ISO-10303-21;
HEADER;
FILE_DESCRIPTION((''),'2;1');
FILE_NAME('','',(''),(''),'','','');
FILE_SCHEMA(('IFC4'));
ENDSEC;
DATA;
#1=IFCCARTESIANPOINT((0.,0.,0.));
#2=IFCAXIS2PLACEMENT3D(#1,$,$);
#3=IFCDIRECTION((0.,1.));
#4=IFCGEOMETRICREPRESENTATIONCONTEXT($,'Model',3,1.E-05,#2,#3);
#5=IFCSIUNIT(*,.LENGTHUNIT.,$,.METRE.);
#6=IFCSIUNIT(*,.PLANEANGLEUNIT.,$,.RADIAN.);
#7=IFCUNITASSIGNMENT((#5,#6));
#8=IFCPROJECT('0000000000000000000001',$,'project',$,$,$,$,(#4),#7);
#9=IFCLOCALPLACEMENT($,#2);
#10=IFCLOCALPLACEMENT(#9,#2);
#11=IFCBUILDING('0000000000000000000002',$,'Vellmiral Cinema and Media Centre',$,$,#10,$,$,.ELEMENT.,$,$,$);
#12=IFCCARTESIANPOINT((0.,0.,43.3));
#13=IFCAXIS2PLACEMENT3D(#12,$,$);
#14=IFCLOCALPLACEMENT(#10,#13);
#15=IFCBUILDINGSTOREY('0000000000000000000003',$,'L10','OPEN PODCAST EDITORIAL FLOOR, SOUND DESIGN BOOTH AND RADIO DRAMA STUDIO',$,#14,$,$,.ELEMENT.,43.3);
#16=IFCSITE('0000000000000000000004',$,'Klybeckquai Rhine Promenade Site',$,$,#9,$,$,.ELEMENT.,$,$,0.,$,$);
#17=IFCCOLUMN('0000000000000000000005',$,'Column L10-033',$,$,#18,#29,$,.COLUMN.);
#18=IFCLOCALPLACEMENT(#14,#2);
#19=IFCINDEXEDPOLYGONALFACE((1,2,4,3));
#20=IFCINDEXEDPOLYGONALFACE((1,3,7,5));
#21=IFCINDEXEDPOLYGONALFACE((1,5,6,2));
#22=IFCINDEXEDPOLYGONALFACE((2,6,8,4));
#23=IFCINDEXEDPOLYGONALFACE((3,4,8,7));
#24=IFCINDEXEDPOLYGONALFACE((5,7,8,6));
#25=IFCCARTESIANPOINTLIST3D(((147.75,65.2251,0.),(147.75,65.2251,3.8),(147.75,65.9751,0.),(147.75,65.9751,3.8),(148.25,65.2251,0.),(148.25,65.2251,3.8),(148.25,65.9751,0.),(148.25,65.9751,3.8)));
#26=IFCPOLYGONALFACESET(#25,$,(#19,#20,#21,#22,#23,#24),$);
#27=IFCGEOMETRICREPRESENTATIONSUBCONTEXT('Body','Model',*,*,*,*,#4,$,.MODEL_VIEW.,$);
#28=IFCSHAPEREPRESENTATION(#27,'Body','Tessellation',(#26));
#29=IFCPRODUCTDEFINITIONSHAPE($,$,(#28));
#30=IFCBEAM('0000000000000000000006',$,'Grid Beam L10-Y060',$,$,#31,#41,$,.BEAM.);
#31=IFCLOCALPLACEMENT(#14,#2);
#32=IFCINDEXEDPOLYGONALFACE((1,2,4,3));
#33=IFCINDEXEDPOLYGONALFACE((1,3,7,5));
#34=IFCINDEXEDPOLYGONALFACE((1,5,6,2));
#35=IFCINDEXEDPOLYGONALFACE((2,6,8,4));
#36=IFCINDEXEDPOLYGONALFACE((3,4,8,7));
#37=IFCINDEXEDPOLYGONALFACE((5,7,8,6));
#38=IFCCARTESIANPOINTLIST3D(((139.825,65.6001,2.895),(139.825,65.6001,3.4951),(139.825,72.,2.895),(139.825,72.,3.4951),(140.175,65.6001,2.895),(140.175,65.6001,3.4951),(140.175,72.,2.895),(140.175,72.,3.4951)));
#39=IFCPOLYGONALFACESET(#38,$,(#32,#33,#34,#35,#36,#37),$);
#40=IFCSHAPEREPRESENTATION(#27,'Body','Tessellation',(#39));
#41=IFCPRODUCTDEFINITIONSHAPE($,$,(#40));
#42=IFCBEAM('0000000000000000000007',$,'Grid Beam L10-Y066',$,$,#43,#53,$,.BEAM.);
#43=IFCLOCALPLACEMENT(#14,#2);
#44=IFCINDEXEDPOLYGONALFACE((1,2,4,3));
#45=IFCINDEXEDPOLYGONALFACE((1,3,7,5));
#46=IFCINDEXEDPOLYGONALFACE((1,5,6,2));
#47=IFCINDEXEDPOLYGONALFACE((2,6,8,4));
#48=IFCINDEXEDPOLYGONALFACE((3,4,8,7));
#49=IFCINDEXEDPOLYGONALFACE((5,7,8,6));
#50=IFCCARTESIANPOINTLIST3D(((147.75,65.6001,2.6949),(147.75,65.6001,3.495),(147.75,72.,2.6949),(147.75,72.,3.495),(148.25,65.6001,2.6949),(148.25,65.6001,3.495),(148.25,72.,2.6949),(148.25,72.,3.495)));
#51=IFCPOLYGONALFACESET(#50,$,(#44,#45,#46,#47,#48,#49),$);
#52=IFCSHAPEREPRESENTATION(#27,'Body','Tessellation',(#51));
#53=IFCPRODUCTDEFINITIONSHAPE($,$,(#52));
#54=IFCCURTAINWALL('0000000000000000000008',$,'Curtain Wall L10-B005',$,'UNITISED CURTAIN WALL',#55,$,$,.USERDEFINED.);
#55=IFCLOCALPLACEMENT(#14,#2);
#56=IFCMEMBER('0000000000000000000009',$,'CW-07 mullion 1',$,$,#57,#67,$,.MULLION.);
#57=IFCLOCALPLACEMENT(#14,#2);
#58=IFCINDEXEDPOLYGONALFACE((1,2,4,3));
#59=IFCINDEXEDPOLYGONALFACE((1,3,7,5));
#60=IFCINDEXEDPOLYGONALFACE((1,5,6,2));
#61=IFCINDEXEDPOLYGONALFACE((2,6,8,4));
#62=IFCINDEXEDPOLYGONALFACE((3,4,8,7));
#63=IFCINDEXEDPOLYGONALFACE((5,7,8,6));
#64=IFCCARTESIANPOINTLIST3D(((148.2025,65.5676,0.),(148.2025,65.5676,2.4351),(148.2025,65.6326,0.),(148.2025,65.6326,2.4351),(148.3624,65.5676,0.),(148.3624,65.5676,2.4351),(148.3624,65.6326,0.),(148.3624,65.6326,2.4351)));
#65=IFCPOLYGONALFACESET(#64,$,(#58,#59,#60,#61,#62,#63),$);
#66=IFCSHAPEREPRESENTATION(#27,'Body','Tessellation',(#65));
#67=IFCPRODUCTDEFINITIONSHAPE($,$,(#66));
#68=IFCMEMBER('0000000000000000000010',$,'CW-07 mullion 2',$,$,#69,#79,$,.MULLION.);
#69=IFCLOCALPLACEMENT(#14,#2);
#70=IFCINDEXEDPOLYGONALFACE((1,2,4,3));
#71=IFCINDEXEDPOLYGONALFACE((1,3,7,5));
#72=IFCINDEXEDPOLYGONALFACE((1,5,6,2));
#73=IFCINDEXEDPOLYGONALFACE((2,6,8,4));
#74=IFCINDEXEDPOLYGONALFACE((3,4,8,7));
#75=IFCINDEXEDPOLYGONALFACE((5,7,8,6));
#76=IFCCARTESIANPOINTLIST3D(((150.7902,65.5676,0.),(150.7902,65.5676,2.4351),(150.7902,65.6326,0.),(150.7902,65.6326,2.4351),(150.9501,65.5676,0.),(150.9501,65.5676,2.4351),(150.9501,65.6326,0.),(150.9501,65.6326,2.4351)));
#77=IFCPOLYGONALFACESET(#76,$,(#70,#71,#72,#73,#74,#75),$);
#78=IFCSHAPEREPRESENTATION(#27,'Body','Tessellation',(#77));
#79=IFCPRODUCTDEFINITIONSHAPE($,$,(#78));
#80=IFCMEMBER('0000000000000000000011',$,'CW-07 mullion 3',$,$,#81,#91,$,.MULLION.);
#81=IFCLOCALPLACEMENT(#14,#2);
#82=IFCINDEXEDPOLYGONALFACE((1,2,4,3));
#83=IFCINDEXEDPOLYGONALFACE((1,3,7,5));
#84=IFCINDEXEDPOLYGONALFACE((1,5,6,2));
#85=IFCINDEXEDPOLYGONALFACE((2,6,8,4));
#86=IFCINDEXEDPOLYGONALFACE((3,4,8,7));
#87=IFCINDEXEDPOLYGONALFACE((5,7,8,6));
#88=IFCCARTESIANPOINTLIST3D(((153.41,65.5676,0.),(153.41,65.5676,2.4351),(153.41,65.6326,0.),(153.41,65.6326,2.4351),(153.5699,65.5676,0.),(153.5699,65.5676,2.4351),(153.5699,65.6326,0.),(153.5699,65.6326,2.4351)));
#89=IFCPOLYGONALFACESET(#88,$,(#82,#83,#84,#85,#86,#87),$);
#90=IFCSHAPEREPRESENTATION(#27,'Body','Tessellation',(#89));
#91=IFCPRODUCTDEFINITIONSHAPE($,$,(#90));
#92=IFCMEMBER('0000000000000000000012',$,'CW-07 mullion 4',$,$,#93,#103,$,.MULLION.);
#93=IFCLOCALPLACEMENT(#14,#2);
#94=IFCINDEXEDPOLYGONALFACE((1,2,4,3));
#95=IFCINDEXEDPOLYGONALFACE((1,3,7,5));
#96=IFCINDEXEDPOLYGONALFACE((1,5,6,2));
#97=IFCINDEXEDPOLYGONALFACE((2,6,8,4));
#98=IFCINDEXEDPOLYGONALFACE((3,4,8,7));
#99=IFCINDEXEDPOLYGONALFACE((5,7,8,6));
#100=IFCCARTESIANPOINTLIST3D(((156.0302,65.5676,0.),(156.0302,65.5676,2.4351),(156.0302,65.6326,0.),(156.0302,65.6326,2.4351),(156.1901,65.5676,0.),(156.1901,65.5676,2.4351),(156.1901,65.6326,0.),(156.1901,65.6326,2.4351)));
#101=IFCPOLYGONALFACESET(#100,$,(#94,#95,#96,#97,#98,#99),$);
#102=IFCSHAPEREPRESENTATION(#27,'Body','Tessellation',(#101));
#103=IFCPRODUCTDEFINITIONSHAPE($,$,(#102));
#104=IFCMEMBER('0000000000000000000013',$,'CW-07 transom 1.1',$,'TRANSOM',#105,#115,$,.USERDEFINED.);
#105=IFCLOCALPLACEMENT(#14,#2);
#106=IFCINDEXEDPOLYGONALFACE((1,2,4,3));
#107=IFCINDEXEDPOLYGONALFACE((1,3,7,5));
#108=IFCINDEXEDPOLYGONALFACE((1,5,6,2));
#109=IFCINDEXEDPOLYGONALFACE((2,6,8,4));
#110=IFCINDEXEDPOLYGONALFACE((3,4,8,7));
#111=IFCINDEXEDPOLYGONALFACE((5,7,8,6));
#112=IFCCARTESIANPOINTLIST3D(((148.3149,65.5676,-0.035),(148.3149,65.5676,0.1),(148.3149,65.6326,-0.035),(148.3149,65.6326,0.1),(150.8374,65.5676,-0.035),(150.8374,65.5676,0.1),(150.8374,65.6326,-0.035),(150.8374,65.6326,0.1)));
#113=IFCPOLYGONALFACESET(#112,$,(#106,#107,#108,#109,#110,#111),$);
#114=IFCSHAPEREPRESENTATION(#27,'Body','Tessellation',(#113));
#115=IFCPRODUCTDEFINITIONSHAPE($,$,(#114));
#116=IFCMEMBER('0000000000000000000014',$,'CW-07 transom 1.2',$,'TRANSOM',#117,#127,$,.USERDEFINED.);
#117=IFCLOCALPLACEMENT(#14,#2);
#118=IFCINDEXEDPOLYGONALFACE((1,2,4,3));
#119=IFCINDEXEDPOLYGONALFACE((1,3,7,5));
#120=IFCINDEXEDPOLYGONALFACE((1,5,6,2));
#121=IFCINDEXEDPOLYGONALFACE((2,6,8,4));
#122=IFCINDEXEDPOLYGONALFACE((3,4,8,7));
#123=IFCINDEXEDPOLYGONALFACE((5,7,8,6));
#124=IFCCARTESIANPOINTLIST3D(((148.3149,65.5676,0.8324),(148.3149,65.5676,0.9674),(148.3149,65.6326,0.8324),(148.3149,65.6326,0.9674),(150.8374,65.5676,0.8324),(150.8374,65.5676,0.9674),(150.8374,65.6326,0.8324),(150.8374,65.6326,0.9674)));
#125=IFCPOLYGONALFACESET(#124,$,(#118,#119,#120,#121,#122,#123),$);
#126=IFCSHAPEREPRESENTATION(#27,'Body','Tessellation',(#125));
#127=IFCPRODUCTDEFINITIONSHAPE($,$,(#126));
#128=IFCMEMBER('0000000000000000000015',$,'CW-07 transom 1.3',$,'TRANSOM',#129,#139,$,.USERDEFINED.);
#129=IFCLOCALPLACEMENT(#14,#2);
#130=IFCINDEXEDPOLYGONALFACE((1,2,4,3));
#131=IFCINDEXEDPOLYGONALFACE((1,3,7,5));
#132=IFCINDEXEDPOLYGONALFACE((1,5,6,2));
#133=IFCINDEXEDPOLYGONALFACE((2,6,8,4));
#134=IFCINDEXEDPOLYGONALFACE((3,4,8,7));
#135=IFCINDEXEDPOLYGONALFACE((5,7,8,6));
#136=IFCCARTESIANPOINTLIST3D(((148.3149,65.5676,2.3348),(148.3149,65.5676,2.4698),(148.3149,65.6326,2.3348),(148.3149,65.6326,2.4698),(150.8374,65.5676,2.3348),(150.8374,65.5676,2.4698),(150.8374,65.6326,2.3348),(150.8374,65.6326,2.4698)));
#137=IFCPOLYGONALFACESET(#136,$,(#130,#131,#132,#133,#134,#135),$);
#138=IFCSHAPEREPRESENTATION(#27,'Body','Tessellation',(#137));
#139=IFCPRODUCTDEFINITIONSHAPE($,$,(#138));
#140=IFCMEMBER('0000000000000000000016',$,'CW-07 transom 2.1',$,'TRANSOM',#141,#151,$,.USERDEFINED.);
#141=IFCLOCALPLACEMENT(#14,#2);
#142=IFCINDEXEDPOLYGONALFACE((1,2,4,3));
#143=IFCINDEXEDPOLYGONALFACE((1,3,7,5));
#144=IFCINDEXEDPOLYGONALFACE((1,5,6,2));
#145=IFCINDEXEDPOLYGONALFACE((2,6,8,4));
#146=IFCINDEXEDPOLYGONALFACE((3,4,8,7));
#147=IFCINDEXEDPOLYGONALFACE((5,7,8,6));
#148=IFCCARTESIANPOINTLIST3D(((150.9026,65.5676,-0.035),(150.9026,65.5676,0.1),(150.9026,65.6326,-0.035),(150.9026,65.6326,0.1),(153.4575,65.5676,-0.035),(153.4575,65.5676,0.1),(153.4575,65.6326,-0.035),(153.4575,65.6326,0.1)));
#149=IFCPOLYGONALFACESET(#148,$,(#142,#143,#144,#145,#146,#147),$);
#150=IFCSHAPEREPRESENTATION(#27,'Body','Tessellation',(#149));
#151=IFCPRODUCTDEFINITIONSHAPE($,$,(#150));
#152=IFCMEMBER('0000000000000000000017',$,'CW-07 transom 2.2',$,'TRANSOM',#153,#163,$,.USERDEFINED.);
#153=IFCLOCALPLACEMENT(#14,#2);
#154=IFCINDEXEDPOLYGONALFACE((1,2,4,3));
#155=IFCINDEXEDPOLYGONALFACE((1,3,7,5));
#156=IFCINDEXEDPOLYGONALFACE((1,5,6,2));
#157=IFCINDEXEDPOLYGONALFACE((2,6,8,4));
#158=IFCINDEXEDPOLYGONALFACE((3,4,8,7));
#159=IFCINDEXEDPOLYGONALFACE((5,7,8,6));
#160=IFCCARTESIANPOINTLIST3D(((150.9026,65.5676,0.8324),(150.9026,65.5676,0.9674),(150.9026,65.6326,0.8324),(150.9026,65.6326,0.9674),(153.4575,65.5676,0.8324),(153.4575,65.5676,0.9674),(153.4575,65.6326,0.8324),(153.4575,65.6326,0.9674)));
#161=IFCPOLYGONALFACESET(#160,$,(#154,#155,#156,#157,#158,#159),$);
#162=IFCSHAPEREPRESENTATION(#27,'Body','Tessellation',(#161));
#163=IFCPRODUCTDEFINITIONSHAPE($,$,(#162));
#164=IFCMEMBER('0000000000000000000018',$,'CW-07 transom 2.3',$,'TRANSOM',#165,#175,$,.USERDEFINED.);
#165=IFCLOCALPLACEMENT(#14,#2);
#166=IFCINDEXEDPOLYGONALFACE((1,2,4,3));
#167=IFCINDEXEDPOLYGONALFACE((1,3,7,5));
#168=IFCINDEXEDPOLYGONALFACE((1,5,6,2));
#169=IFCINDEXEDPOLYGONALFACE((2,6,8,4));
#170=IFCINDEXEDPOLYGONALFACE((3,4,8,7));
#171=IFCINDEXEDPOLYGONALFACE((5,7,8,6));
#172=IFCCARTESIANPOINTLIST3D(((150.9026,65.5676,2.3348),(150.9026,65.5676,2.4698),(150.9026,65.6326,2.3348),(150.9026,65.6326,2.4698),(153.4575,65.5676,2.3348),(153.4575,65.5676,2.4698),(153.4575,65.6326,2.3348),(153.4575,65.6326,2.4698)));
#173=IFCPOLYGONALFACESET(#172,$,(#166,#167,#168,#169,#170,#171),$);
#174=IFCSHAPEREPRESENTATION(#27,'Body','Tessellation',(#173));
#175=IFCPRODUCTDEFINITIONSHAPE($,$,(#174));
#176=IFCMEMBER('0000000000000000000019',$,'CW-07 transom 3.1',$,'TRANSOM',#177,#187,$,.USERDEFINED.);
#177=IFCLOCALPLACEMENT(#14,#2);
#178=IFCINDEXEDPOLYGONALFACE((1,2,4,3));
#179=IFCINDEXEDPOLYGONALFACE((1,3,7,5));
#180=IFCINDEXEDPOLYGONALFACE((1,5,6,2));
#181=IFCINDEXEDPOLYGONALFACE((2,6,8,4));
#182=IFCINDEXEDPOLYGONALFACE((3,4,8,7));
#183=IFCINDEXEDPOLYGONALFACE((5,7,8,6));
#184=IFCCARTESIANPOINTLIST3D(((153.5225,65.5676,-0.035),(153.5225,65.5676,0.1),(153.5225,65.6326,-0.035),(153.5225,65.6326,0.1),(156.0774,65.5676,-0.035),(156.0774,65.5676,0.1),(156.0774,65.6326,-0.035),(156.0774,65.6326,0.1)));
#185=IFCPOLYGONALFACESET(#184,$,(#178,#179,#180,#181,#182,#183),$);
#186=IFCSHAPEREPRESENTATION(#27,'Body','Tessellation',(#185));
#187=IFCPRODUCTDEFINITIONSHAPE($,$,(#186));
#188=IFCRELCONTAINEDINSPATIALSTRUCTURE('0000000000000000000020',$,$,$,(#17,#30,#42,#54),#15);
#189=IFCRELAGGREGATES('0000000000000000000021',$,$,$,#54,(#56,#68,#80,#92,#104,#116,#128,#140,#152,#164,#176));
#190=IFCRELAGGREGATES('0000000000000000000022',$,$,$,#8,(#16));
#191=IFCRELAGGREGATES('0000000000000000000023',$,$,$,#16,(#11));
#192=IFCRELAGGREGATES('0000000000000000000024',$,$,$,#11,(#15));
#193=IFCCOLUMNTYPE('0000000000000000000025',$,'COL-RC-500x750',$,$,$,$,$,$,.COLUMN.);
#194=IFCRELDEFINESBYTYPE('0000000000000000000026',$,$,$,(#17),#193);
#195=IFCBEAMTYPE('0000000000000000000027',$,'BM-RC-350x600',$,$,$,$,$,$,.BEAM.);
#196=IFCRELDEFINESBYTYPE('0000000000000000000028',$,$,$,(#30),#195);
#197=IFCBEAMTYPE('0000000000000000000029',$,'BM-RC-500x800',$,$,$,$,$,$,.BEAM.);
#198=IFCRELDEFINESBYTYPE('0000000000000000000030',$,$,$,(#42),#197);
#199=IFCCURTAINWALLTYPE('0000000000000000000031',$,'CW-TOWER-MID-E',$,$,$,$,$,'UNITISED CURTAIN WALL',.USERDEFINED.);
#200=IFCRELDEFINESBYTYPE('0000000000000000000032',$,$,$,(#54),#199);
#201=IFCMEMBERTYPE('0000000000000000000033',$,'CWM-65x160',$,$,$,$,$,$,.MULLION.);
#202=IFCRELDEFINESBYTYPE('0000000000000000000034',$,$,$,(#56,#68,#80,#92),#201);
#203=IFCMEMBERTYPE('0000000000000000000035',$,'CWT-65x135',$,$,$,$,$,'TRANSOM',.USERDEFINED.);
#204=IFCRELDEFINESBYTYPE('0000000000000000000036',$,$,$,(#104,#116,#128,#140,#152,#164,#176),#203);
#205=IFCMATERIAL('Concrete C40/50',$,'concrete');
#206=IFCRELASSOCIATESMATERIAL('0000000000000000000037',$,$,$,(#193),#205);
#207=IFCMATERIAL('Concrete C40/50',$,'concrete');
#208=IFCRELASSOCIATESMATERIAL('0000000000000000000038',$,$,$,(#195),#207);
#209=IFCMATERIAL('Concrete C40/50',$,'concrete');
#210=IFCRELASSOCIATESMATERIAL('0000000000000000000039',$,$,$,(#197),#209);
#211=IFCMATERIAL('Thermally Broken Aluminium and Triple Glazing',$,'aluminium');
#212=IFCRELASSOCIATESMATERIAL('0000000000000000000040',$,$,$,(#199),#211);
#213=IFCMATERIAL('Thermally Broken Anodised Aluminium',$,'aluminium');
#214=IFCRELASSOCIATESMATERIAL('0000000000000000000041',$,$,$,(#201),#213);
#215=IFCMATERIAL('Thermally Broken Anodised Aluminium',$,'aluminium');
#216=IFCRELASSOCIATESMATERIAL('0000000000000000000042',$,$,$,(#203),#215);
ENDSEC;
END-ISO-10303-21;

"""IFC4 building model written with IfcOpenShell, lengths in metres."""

from ifc_helpers import new_model, si_unit, direction, frame, origin, origin_2d, place, context, subcontext, project, spatial, rectangle, extrude, material, material_profile, profile_set, type_object, element, aggregate, save


model = new_model("IFC4")

# Units and contexts
model_context = context("Model", 3, precision=1e-05, world=origin(), true_north=direction((0.0, 1.0)))
body_context = subcontext(model_context, "Body", "Model", "MODEL_VIEW")
ifc_project = project(units=[si_unit("LENGTHUNIT", "METRE"), si_unit("PLANEANGLEUNIT", "RADIAN")], contexts=[model_context])

# Site, building, storey
site_placement = place(None, origin())
site = spatial("IfcSite", under=ifc_project, at=site_placement, Name="Klybeckquai Rhine Promenade Site", CompositionType="ELEMENT", RefElevation=0.0)
building_placement = place(site_placement, origin())
building = spatial("IfcBuilding", under=site, at=building_placement, Name="Vellmiral Cinema and Media Centre", CompositionType="ELEMENT")
storey_placement = place(building_placement, frame((0.0, 0.0, 43.3)))
storey = spatial("IfcBuildingStorey", under=building, at=storey_placement, Name="L10", Description="OPEN PODCAST EDITORIAL FLOOR, SOUND DESIGN BOOTH AND RADIO DRAMA STUDIO", CompositionType="ELEMENT", Elevation=43.3)

# Column
ifc_material_1 = material(Name="Concrete C40/50", Category="concrete")
ifc_material_profile_1 = material_profile(ifc_material_1, rectangle(XDim=0.5, YDim=0.75, at=origin_2d()), Name="RC 500x750")
ifc_profile_set_1 = profile_set([ifc_material_profile_1], Name="Concrete C40/50")
column_type = type_object("IfcColumnType", Name="COL-RC-500x750", PredefinedType="COLUMN", material=ifc_profile_set_1)
column_placement = place(storey_placement, frame((148.0, 65.6001, 0.0), z_axis=(0.0, 0.0, 1.0), x_axis=(1.0, 0.0, 0.0)))
element("IfcColumn", 1, at=column_placement, inside=storey, type_object=column_type, Name="Column L10-033", PredefinedType="COLUMN", context=body_context, shape_type="SweptSolid", body=[
    extrude(rectangle(XDim=0.5, YDim=0.75, at=origin_2d()), origin(), (0.0, 0.0, 1.0), 3.8),
])

# Beams
ifc_material_2 = material(Name="Concrete C40/50", Category="concrete")
ifc_material_profile_2 = material_profile(ifc_material_2, rectangle(XDim=0.3501, YDim=0.6001, at=origin_2d()), Name="RC 350x600")
ifc_profile_set_2 = profile_set([ifc_material_profile_2], Name="Concrete C40/50")
beam_type_1 = type_object("IfcBeamType", Name="BM-RC-350x600", PredefinedType="BEAM", material=ifc_profile_set_2)
beam_1_placement = place(storey_placement, frame((140.0, 65.6001, 3.1951), z_axis=(0.0, 1.0, 0.0), x_axis=(-1.0, 0.0, 0.0)))
element("IfcBeam", 2, at=beam_1_placement, inside=storey, type_object=beam_type_1, Name="Grid Beam L10-Y060", PredefinedType="BEAM", context=body_context, shape_type="SweptSolid", body=[
    extrude(rectangle(XDim=0.3501, YDim=0.6001, at=origin_2d()), origin(), (0.0, 0.0, 1.0), 6.3999),
])
ifc_material_3 = material(Name="Concrete C40/50", Category="concrete")
ifc_material_profile_3 = material_profile(ifc_material_3, rectangle(XDim=0.5, YDim=0.8, at=origin_2d()), Name="RC 500x800")
ifc_profile_set_3 = profile_set([ifc_material_profile_3], Name="Concrete C40/50")
beam_type_2 = type_object("IfcBeamType", Name="BM-RC-500x800", PredefinedType="BEAM", material=ifc_profile_set_3)
beam_2_placement = place(storey_placement, frame((148.0, 65.6001, 3.095), z_axis=(0.0, 1.0, 0.0), x_axis=(-1.0, 0.0, 0.0)))
element("IfcBeam", 3, at=beam_2_placement, inside=storey, type_object=beam_type_2, Name="Grid Beam L10-Y066", PredefinedType="BEAM", context=body_context, shape_type="SweptSolid", body=[
    extrude(rectangle(XDim=0.5, YDim=0.8, at=origin_2d()), origin(), (0.0, 0.0, 1.0), 6.3999),
])

# Curtain wall, members
ifc_material_4 = material(Name="Thermally Broken Aluminium and Triple Glazing", Category="aluminium")
curtain_wall_type = type_object("IfcCurtainWallType", Name="CW-TOWER-MID-E", ElementType="UNITISED CURTAIN WALL", PredefinedType="USERDEFINED", material=ifc_material_4)
curtain_wall_placement = place(storey_placement, origin())
curtain_wall = element("IfcCurtainWall", 4, at=curtain_wall_placement, inside=storey, type_object=curtain_wall_type, Name="Curtain Wall L10-B005", ObjectType="UNITISED CURTAIN WALL", PredefinedType="USERDEFINED")
ifc_material_5 = material(Name="Thermally Broken Anodised Aluminium", Category="aluminium")
ifc_material_profile_4 = material_profile(ifc_material_5, rectangle(XDim=0.0649, YDim=0.1599, at=origin_2d()), Name="MULL 65x160")
ifc_profile_set_4 = profile_set([ifc_material_profile_4], Name="Thermally Broken Anodised Aluminium")
member_type_1 = type_object("IfcMemberType", Name="CWM-65x160", PredefinedType="MULLION", material=ifc_profile_set_4)
member_1_placement = place(storey_placement, frame((148.2825, 65.6001, 0.0), z_axis=(0.0, 0.0, 1.0), x_axis=(0.0, 1.0, 0.0)))
member_1 = element("IfcMember", 5, at=member_1_placement, type_object=member_type_1, Name="CW-07 mullion 1", PredefinedType="MULLION", context=body_context, shape_type="SweptSolid", body=[
    extrude(rectangle(XDim=0.0649, YDim=0.1599, at=origin_2d()), origin(), (0.0, 0.0, 1.0), 2.4351),
])
member_2_placement = place(storey_placement, frame((150.8701, 65.6001, 0.0), z_axis=(0.0, 0.0, 1.0), x_axis=(0.0, 1.0, 0.0)))
member_2 = element("IfcMember", 6, at=member_2_placement, type_object=member_type_1, Name="CW-07 mullion 2", PredefinedType="MULLION", context=body_context, shape_type="SweptSolid", body=[
    extrude(rectangle(XDim=0.0649, YDim=0.1599, at=origin_2d()), origin(), (0.0, 0.0, 1.0), 2.4351),
])
member_3_placement = place(storey_placement, frame((153.49, 65.6001, 0.0), z_axis=(0.0, 0.0, 1.0), x_axis=(0.0, 1.0, 0.0)))
member_3 = element("IfcMember", 7, at=member_3_placement, type_object=member_type_1, Name="CW-07 mullion 3", PredefinedType="MULLION", context=body_context, shape_type="SweptSolid", body=[
    extrude(rectangle(XDim=0.0649, YDim=0.1599, at=origin_2d()), origin(), (0.0, 0.0, 1.0), 2.4351),
])
member_4_placement = place(storey_placement, frame((156.1101, 65.6001, 0.0), z_axis=(0.0, 0.0, 1.0), x_axis=(0.0, 1.0, 0.0)))
member_4 = element("IfcMember", 8, at=member_4_placement, type_object=member_type_1, Name="CW-07 mullion 4", PredefinedType="MULLION", context=body_context, shape_type="SweptSolid", body=[
    extrude(rectangle(XDim=0.0649, YDim=0.1599, at=origin_2d()), origin(), (0.0, 0.0, 1.0), 2.4351),
])
ifc_material_6 = material(Name="Thermally Broken Anodised Aluminium", Category="aluminium")
ifc_material_profile_5 = material_profile(ifc_material_6, rectangle(XDim=0.0649, YDim=0.135, at=origin_2d()), Name="MULL 65x135")
ifc_profile_set_5 = profile_set([ifc_material_profile_5], Name="Thermally Broken Anodised Aluminium")
member_type_2 = type_object("IfcMemberType", Name="CWT-65x135", ElementType="TRANSOM", PredefinedType="USERDEFINED", material=ifc_profile_set_5)
member_5_placement = place(storey_placement, frame((148.3149, 65.6001, 0.0325), z_axis=(1.0, 0.0, 0.0), x_axis=(0.0, 1.0, 0.0)))
member_5 = element("IfcMember", 9, at=member_5_placement, type_object=member_type_2, Name="CW-07 transom 1.1", ObjectType="TRANSOM", PredefinedType="USERDEFINED", context=body_context, shape_type="SweptSolid", body=[
    extrude(rectangle(XDim=0.0649, YDim=0.135, at=origin_2d()), origin(), (0.0, 0.0, 1.0), 2.5225),
])
member_6_placement = place(storey_placement, frame((148.3149, 65.6001, 0.8999), z_axis=(1.0, 0.0, 0.0), x_axis=(0.0, 1.0, 0.0)))
member_6 = element("IfcMember", 10, at=member_6_placement, type_object=member_type_2, Name="CW-07 transom 1.2", ObjectType="TRANSOM", PredefinedType="USERDEFINED", context=body_context, shape_type="SweptSolid", body=[
    extrude(rectangle(XDim=0.0649, YDim=0.135, at=origin_2d()), origin(), (0.0, 0.0, 1.0), 2.5225),
])
member_7_placement = place(storey_placement, frame((148.3149, 65.6001, 2.4023), z_axis=(1.0, 0.0, 0.0), x_axis=(0.0, 1.0, 0.0)))
member_7 = element("IfcMember", 11, at=member_7_placement, type_object=member_type_2, Name="CW-07 transom 1.3", ObjectType="TRANSOM", PredefinedType="USERDEFINED", context=body_context, shape_type="SweptSolid", body=[
    extrude(rectangle(XDim=0.0649, YDim=0.135, at=origin_2d()), origin(), (0.0, 0.0, 1.0), 2.5225),
])
member_8_placement = place(storey_placement, frame((150.9026, 65.6001, 0.0325), z_axis=(1.0, 0.0, 0.0), x_axis=(0.0, 1.0, 0.0)))
member_8 = element("IfcMember", 12, at=member_8_placement, type_object=member_type_2, Name="CW-07 transom 2.1", ObjectType="TRANSOM", PredefinedType="USERDEFINED", context=body_context, shape_type="SweptSolid", body=[
    extrude(rectangle(XDim=0.0649, YDim=0.135, at=origin_2d()), origin(), (0.0, 0.0, 1.0), 2.5549),
])
member_9_placement = place(storey_placement, frame((150.9026, 65.6001, 0.8999), z_axis=(1.0, 0.0, 0.0), x_axis=(0.0, 1.0, 0.0)))
member_9 = element("IfcMember", 13, at=member_9_placement, type_object=member_type_2, Name="CW-07 transom 2.2", ObjectType="TRANSOM", PredefinedType="USERDEFINED", context=body_context, shape_type="SweptSolid", body=[
    extrude(rectangle(XDim=0.0649, YDim=0.135, at=origin_2d()), origin(), (0.0, 0.0, 1.0), 2.5549),
])
member_10_placement = place(storey_placement, frame((150.9026, 65.6001, 2.4023), z_axis=(1.0, 0.0, 0.0), x_axis=(0.0, 1.0, 0.0)))
member_10 = element("IfcMember", 14, at=member_10_placement, type_object=member_type_2, Name="CW-07 transom 2.3", ObjectType="TRANSOM", PredefinedType="USERDEFINED", context=body_context, shape_type="SweptSolid", body=[
    extrude(rectangle(XDim=0.0649, YDim=0.135, at=origin_2d()), origin(), (0.0, 0.0, 1.0), 2.5549),
])
member_11_placement = place(storey_placement, frame((153.5225, 65.6001, 0.0325), z_axis=(1.0, 0.0, 0.0), x_axis=(0.0, 1.0, 0.0)))
member_11 = element("IfcMember", 15, at=member_11_placement, type_object=member_type_2, Name="CW-07 transom 3.1", ObjectType="TRANSOM", PredefinedType="USERDEFINED", context=body_context, shape_type="SweptSolid", body=[
    extrude(rectangle(XDim=0.0649, YDim=0.135, at=origin_2d()), origin(), (0.0, 0.0, 1.0), 2.5549),
])

aggregate(curtain_wall, [member_1, member_2, member_3, member_4, member_5, member_6, member_7, member_8, member_9, member_10, member_11])

save(model, "model.ifc")
